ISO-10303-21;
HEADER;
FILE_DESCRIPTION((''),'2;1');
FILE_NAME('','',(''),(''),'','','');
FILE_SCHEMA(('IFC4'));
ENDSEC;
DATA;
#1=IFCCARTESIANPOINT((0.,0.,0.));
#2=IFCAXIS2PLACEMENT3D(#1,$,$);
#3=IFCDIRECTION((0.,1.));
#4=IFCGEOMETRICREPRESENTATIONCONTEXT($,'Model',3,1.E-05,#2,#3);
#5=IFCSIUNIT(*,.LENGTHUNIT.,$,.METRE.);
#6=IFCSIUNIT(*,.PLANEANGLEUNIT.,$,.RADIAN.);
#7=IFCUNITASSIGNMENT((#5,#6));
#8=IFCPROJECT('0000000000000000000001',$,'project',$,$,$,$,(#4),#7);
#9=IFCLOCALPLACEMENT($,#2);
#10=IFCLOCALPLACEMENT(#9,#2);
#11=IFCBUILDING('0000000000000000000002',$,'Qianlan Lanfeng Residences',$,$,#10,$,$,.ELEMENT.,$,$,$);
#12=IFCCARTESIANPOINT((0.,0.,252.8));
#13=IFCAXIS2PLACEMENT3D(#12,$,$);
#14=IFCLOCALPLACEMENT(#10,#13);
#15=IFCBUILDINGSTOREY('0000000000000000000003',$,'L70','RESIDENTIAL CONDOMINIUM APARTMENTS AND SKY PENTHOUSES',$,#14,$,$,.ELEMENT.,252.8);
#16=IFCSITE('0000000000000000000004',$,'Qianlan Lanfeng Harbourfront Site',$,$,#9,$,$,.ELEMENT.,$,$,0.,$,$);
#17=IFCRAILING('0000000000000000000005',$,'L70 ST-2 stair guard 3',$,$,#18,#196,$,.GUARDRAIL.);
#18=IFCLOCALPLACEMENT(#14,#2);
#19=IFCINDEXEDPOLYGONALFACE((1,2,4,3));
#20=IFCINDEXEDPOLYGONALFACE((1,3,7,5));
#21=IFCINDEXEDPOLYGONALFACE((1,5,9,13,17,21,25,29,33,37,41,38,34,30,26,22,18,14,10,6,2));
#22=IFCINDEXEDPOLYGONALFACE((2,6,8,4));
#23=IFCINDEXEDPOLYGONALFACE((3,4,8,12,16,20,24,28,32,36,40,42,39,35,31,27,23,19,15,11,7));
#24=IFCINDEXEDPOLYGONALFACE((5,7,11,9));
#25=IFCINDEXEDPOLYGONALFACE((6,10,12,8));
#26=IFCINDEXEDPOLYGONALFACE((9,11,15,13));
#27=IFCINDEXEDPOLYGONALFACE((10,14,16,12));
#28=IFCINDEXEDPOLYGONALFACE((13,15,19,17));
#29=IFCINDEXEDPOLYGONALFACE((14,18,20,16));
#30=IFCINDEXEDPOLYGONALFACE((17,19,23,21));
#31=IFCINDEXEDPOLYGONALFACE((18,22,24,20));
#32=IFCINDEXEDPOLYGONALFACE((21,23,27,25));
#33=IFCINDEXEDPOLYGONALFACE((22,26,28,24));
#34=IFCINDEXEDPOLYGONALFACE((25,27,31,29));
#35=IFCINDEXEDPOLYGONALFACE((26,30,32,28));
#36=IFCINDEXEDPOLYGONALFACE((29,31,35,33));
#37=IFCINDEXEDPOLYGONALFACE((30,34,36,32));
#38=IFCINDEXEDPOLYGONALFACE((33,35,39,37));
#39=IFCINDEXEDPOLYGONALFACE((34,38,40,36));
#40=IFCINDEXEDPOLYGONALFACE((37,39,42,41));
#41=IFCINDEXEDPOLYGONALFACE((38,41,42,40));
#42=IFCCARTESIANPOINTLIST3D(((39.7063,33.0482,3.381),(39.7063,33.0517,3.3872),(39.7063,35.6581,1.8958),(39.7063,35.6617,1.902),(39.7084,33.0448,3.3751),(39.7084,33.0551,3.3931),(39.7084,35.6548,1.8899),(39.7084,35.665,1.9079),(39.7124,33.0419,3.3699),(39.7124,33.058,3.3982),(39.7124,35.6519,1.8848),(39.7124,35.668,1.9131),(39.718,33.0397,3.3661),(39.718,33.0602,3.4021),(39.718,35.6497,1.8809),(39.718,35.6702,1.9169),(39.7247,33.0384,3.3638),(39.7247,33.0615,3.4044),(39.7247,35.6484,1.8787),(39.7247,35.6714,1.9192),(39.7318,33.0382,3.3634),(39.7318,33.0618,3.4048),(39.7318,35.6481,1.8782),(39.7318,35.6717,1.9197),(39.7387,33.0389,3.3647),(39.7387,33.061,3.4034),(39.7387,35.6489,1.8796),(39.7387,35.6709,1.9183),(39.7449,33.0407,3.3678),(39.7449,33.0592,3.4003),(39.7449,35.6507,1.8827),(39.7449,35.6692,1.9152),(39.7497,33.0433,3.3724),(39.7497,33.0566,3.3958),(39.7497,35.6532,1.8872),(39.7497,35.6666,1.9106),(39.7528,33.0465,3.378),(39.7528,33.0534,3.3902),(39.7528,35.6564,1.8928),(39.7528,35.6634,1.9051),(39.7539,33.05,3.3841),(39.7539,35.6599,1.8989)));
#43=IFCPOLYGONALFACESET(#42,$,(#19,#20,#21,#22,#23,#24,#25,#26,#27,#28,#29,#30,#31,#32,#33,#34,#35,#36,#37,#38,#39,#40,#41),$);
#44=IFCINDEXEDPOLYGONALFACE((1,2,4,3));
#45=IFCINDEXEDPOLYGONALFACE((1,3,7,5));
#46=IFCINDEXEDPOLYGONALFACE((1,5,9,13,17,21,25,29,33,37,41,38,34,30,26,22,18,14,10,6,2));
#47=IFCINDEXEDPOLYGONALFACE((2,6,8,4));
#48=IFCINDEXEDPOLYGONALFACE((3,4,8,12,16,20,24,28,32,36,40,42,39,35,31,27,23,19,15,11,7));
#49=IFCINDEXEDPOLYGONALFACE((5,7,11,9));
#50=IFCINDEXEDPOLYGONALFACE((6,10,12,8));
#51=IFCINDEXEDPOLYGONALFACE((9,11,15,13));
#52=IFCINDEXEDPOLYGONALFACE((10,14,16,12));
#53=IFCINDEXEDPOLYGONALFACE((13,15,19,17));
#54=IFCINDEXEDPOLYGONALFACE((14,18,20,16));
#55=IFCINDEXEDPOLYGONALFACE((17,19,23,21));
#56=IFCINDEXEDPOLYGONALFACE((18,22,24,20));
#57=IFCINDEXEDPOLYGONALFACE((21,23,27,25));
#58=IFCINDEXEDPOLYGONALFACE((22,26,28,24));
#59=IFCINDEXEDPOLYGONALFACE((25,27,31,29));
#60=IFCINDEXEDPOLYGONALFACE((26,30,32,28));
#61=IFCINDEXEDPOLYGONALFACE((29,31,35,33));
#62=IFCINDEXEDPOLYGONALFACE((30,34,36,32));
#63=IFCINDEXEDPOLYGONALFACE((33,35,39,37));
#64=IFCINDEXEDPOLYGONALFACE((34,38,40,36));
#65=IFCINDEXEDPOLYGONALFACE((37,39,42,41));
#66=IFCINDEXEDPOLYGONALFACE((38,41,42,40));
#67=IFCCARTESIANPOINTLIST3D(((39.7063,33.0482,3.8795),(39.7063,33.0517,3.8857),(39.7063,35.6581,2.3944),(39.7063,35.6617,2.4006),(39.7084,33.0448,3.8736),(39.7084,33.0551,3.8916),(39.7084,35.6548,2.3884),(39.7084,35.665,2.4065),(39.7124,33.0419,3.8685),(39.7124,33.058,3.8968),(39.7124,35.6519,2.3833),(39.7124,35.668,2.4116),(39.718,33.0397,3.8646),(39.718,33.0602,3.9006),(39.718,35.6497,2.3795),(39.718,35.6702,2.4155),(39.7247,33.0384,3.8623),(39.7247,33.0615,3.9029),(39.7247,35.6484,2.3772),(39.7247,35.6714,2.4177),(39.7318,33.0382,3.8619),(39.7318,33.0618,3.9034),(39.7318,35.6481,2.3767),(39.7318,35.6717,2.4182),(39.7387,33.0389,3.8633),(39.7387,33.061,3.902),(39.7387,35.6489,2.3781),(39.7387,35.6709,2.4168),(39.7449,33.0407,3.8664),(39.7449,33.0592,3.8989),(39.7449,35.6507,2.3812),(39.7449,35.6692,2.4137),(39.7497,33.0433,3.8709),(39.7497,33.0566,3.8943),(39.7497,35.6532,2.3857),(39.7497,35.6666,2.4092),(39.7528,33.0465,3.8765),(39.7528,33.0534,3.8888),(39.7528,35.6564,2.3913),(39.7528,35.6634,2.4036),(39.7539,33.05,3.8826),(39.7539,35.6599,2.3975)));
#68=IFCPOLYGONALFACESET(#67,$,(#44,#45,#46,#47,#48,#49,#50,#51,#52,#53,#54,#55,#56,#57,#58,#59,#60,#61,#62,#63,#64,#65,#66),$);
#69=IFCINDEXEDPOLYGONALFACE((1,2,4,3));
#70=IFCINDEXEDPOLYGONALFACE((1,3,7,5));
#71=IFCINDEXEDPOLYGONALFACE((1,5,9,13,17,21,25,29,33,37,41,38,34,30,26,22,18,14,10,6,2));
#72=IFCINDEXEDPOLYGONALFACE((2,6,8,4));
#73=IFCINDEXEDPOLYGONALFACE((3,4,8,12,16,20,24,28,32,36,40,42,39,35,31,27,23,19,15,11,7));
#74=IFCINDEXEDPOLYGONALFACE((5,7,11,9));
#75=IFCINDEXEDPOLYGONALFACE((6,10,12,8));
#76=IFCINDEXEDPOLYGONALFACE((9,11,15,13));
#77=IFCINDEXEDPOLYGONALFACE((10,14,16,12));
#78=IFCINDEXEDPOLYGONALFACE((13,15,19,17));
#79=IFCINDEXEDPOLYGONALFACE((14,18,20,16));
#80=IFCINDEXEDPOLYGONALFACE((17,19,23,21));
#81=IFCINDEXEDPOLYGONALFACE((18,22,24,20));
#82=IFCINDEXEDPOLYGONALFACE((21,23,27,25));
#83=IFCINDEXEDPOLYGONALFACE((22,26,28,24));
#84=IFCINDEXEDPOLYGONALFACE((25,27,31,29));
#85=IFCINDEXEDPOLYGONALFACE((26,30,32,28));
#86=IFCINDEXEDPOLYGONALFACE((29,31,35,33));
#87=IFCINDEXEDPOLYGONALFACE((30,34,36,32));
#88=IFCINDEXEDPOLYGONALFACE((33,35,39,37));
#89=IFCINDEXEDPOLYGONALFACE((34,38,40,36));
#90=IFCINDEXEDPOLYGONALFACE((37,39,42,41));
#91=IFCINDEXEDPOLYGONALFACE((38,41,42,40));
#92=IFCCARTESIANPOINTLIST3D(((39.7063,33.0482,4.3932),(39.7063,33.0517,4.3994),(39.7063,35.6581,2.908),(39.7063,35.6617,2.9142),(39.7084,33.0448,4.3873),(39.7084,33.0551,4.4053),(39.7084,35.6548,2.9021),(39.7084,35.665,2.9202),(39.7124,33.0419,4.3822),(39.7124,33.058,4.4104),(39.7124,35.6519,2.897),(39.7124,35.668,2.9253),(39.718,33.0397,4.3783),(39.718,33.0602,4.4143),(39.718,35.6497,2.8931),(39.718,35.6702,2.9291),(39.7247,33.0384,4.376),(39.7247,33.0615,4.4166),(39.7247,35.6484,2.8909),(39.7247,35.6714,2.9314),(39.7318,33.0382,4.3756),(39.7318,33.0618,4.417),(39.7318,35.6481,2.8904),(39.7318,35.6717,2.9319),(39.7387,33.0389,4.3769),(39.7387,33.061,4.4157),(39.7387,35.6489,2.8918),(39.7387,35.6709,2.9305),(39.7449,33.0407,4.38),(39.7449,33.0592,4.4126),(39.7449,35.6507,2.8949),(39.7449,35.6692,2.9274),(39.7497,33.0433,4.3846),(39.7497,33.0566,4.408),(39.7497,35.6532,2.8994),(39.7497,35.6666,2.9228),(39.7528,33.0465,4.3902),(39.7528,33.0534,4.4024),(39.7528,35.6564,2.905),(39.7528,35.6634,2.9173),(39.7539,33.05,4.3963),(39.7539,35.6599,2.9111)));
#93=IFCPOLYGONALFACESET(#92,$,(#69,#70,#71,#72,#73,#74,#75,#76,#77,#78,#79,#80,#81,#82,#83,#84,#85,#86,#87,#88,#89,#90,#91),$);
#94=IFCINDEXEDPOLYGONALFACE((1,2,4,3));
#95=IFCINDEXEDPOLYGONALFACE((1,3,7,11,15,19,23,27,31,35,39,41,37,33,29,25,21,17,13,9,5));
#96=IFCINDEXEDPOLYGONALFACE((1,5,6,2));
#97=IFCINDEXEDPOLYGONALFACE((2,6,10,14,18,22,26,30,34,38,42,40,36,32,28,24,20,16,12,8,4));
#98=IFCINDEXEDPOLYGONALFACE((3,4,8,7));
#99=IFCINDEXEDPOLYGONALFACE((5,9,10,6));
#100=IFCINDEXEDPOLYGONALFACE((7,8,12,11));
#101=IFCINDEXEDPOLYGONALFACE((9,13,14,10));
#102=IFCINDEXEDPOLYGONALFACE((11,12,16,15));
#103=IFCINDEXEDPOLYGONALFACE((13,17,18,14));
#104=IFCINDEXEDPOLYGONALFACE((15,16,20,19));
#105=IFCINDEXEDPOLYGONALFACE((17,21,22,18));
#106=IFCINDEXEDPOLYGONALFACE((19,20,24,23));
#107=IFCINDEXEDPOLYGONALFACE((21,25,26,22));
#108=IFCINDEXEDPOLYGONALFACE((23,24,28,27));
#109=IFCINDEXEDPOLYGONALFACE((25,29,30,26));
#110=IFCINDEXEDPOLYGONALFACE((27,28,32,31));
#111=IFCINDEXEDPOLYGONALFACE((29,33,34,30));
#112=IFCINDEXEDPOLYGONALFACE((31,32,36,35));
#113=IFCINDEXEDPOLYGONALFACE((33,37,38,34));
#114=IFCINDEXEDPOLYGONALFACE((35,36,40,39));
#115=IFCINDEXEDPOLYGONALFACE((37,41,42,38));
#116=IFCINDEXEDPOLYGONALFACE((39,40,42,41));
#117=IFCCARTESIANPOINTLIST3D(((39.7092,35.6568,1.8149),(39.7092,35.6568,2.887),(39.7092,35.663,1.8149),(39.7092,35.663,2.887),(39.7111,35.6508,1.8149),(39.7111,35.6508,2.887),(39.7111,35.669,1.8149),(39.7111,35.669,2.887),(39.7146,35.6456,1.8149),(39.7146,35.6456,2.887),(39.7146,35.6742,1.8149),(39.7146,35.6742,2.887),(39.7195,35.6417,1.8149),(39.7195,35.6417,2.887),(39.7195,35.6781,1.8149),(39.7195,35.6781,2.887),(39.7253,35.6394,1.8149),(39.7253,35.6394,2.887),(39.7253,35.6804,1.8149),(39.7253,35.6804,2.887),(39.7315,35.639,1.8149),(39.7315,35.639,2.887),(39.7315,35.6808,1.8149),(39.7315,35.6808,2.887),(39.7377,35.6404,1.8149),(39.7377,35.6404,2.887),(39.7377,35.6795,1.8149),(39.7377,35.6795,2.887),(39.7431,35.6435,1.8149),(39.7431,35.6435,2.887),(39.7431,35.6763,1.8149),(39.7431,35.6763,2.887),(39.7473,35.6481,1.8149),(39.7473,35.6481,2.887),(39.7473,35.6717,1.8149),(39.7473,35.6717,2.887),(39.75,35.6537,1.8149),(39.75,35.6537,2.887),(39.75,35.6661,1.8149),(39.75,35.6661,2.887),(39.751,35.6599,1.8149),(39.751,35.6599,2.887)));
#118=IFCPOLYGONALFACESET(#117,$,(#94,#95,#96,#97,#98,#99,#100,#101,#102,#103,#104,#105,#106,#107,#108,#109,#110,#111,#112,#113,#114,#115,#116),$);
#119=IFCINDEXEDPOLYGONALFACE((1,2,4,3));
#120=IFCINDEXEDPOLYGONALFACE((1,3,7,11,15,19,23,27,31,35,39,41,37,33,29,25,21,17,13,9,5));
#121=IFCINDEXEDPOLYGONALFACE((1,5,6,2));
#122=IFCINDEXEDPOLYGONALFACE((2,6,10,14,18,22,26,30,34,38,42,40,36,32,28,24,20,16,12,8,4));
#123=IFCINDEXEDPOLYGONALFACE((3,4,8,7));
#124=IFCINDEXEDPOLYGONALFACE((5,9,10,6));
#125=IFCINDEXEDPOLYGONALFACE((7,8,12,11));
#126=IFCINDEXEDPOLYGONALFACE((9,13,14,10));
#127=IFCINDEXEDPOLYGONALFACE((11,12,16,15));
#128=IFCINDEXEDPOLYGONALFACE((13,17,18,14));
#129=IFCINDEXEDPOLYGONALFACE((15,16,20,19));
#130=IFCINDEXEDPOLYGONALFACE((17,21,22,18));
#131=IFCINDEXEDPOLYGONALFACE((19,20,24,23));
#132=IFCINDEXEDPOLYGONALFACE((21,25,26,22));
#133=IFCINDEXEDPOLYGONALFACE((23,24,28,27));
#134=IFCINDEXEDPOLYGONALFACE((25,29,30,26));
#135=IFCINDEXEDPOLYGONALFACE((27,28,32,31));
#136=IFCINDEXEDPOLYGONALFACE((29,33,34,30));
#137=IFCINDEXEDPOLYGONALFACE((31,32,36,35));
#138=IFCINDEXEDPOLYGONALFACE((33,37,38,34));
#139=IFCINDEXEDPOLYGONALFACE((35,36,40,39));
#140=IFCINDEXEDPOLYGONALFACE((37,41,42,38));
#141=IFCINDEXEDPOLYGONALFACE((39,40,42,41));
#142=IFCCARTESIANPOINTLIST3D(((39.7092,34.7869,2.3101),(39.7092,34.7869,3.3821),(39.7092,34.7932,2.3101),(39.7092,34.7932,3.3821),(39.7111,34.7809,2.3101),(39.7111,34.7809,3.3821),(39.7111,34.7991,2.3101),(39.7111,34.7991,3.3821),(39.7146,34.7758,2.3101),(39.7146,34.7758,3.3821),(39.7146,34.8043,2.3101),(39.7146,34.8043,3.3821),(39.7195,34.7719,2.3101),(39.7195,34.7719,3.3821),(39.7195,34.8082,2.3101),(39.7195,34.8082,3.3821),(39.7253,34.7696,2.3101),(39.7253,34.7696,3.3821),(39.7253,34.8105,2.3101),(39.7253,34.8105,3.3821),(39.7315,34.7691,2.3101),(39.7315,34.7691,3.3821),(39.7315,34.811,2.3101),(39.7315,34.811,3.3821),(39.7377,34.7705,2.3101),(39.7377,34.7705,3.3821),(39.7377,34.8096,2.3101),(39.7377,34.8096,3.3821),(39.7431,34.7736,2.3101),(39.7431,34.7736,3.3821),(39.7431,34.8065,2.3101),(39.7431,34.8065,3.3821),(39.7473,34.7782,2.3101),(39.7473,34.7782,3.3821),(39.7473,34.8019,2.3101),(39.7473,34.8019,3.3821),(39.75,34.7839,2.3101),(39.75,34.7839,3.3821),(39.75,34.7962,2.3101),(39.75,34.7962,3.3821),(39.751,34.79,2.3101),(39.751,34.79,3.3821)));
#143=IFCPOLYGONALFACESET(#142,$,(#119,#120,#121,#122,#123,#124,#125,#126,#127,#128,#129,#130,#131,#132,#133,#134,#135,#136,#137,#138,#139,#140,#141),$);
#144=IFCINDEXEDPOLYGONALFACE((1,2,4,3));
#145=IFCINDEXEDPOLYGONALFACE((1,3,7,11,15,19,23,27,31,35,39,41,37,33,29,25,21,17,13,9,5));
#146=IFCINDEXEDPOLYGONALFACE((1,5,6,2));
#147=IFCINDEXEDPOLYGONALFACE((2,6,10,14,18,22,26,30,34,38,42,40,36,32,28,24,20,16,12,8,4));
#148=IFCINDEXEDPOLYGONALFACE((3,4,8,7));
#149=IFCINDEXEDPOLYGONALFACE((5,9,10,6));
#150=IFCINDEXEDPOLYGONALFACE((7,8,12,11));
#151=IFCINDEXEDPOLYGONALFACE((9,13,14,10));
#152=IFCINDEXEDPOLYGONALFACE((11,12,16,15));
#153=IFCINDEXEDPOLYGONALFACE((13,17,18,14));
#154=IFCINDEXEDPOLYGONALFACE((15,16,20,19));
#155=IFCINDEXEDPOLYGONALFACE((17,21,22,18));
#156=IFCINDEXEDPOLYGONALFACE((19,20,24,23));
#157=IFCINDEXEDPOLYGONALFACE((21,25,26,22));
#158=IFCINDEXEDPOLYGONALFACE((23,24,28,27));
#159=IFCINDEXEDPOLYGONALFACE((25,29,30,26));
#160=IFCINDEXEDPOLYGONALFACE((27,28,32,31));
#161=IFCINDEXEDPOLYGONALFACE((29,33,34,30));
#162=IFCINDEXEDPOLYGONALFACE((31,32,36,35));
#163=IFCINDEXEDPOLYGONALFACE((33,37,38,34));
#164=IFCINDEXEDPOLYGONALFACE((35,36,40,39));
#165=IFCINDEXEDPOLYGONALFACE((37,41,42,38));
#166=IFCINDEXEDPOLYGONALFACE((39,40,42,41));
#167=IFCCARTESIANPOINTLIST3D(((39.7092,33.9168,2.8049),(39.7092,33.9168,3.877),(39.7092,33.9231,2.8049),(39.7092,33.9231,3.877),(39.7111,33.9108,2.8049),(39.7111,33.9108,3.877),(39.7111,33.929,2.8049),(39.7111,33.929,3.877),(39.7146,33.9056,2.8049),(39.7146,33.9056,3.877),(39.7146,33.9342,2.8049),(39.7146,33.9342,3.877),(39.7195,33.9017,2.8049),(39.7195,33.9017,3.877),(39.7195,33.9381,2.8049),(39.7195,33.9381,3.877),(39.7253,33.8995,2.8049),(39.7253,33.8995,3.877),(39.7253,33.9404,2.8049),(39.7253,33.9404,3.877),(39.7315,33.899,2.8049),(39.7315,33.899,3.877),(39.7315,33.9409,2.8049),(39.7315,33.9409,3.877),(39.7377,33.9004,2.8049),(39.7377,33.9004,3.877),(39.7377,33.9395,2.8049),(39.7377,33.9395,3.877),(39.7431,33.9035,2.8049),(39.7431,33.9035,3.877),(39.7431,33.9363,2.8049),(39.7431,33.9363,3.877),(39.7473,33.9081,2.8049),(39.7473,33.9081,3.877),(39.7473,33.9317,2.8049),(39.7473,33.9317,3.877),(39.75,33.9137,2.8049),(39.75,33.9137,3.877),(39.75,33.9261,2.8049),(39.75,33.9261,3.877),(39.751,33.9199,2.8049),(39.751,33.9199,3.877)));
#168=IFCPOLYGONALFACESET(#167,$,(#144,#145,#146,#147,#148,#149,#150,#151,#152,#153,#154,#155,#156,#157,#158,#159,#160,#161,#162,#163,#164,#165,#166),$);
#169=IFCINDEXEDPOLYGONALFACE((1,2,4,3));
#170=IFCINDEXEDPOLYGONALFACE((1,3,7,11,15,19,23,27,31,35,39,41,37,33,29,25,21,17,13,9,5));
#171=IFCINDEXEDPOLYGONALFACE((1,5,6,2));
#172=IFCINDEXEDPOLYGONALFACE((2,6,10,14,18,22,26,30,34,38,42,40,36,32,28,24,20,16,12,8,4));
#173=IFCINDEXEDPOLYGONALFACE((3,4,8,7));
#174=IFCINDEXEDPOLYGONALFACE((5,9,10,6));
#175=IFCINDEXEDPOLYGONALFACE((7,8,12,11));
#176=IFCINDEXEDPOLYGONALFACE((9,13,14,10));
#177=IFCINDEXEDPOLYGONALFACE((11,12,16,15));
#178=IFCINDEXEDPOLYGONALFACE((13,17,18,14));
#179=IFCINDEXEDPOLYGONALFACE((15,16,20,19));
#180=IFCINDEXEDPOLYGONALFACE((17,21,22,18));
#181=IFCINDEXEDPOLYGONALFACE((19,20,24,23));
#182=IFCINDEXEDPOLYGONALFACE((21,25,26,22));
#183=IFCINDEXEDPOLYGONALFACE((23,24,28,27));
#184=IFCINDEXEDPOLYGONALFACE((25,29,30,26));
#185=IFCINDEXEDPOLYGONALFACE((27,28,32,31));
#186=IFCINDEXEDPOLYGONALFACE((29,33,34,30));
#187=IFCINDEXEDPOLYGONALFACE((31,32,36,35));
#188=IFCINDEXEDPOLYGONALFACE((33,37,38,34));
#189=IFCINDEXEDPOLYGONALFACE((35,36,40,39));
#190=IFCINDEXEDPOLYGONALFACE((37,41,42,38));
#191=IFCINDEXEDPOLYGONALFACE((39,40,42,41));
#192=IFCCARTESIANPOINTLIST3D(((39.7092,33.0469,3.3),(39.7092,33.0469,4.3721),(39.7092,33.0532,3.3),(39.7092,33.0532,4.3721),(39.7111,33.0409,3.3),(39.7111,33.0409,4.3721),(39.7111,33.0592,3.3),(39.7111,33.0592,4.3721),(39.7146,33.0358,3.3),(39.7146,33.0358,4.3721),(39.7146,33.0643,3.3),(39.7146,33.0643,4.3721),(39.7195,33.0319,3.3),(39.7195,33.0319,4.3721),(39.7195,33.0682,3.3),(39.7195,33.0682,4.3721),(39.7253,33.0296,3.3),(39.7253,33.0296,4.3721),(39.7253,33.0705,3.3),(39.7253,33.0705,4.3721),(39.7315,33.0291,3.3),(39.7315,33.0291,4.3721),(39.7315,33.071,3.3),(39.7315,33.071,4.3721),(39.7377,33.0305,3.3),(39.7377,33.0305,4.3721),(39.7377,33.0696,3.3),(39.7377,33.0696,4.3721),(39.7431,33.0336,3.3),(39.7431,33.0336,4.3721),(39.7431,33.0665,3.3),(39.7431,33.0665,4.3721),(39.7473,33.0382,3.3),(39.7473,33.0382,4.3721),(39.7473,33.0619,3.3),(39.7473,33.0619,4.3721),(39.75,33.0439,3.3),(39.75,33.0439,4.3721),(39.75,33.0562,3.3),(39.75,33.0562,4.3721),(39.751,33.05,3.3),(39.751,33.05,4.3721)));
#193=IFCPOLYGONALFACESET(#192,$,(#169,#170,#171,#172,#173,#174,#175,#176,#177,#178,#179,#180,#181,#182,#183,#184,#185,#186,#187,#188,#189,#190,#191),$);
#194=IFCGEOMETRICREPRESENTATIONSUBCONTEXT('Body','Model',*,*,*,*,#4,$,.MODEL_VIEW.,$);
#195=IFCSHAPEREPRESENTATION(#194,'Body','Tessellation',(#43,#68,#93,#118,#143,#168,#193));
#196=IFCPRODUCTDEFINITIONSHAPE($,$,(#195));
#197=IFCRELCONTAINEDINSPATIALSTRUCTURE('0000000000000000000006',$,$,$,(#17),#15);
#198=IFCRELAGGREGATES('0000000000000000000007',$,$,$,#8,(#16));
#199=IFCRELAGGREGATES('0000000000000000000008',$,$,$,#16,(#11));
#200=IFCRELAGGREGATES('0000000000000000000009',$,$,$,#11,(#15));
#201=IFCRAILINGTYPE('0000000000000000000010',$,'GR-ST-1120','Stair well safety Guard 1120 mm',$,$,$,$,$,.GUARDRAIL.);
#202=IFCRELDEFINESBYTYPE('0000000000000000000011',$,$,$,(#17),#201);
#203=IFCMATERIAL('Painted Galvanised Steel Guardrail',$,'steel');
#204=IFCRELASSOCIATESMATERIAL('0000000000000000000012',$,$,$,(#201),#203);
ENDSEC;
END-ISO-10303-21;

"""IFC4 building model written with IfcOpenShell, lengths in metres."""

from ifc_helpers import new_model, si_unit, direction, frame, origin, origin_2d, place, context, subcontext, project, spatial, circle, extrude, material, type_object, element, save


model = new_model("IFC4")

# Units and contexts
model_context = context("Model", 3, precision=1e-05, world=origin(), true_north=direction((0.0, 1.0)))
body_context = subcontext(model_context, "Body", "Model", "MODEL_VIEW")
ifc_project = project(units=[si_unit("LENGTHUNIT", "METRE"), si_unit("PLANEANGLEUNIT", "RADIAN")], contexts=[model_context])

# Site, building, storey
site_placement = place(None, origin())
site = spatial("IfcSite", under=ifc_project, at=site_placement, Name="Qianlan Lanfeng Harbourfront Site", CompositionType="ELEMENT", RefElevation=0.0)
building_placement = place(site_placement, origin())
building = spatial("IfcBuilding", under=site, at=building_placement, Name="Qianlan Lanfeng Residences", CompositionType="ELEMENT")
storey_placement = place(building_placement, frame((0.0, 0.0, 252.8)))
storey = spatial("IfcBuildingStorey", under=building, at=storey_placement, Name="L70", Description="RESIDENTIAL CONDOMINIUM APARTMENTS AND SKY PENTHOUSES", CompositionType="ELEMENT", Elevation=252.8)

# Railing
ifc_material_1 = material(Name="Painted Galvanised Steel Guardrail", Category="steel")
railing_type_1 = type_object("IfcRailingType", Name="GR-ST-1120", Description="Stair well safety Guard 1120 mm", PredefinedType="GUARDRAIL", material=ifc_material_1)
railing_1_placement = place(storey_placement, frame((39.73, 35.6599, 1.8149)))
element("IfcRailing", 1, at=railing_1_placement, inside=storey, type_object=railing_type_1, Name="L70 ST-2 stair guard 3", PredefinedType="GUARDRAIL", context=body_context, shape_type="SweptSolid", body=[
    extrude(circle(Radius=0.0239, at=origin_2d()), frame((0.0, 0.0, 0.084), z_axis=(0.0, -0.869137, 0.494571), x_axis=(1.0, 0.0, 0.0)), (0.0, 0.0, 1.0), 3.0029),
    extrude(circle(Radius=0.0239, at=origin_2d()), frame((0.0, 0.0, 0.5825), z_axis=(0.0, -0.869137, 0.494571), x_axis=(1.0, 0.0, 0.0)), (0.0, 0.0, 1.0), 3.0029),
    extrude(circle(Radius=0.0239, at=origin_2d()), frame((0.0, 0.0, 1.0962), z_axis=(0.0, -0.869137, 0.494571), x_axis=(1.0, 0.0, 0.0)), (0.0, 0.0, 1.0), 3.0029),
    extrude(circle(Radius=0.021, at=origin_2d()), origin(), (0.0, 0.0, 1.0), 1.072),
    extrude(circle(Radius=0.021, at=origin_2d()), frame((0.0, -0.8699, 0.4951)), (0.0, 0.0, 1.0), 1.072),
    extrude(circle(Radius=0.021, at=origin_2d()), frame((0.0, -1.74, 0.99)), (0.0, 0.0, 1.0), 1.072),
    extrude(circle(Radius=0.021, at=origin_2d()), frame((0.0, -2.6099, 1.4851)), (0.0, 0.0, 1.0), 1.072),
])

save(model, "model.ifc")
